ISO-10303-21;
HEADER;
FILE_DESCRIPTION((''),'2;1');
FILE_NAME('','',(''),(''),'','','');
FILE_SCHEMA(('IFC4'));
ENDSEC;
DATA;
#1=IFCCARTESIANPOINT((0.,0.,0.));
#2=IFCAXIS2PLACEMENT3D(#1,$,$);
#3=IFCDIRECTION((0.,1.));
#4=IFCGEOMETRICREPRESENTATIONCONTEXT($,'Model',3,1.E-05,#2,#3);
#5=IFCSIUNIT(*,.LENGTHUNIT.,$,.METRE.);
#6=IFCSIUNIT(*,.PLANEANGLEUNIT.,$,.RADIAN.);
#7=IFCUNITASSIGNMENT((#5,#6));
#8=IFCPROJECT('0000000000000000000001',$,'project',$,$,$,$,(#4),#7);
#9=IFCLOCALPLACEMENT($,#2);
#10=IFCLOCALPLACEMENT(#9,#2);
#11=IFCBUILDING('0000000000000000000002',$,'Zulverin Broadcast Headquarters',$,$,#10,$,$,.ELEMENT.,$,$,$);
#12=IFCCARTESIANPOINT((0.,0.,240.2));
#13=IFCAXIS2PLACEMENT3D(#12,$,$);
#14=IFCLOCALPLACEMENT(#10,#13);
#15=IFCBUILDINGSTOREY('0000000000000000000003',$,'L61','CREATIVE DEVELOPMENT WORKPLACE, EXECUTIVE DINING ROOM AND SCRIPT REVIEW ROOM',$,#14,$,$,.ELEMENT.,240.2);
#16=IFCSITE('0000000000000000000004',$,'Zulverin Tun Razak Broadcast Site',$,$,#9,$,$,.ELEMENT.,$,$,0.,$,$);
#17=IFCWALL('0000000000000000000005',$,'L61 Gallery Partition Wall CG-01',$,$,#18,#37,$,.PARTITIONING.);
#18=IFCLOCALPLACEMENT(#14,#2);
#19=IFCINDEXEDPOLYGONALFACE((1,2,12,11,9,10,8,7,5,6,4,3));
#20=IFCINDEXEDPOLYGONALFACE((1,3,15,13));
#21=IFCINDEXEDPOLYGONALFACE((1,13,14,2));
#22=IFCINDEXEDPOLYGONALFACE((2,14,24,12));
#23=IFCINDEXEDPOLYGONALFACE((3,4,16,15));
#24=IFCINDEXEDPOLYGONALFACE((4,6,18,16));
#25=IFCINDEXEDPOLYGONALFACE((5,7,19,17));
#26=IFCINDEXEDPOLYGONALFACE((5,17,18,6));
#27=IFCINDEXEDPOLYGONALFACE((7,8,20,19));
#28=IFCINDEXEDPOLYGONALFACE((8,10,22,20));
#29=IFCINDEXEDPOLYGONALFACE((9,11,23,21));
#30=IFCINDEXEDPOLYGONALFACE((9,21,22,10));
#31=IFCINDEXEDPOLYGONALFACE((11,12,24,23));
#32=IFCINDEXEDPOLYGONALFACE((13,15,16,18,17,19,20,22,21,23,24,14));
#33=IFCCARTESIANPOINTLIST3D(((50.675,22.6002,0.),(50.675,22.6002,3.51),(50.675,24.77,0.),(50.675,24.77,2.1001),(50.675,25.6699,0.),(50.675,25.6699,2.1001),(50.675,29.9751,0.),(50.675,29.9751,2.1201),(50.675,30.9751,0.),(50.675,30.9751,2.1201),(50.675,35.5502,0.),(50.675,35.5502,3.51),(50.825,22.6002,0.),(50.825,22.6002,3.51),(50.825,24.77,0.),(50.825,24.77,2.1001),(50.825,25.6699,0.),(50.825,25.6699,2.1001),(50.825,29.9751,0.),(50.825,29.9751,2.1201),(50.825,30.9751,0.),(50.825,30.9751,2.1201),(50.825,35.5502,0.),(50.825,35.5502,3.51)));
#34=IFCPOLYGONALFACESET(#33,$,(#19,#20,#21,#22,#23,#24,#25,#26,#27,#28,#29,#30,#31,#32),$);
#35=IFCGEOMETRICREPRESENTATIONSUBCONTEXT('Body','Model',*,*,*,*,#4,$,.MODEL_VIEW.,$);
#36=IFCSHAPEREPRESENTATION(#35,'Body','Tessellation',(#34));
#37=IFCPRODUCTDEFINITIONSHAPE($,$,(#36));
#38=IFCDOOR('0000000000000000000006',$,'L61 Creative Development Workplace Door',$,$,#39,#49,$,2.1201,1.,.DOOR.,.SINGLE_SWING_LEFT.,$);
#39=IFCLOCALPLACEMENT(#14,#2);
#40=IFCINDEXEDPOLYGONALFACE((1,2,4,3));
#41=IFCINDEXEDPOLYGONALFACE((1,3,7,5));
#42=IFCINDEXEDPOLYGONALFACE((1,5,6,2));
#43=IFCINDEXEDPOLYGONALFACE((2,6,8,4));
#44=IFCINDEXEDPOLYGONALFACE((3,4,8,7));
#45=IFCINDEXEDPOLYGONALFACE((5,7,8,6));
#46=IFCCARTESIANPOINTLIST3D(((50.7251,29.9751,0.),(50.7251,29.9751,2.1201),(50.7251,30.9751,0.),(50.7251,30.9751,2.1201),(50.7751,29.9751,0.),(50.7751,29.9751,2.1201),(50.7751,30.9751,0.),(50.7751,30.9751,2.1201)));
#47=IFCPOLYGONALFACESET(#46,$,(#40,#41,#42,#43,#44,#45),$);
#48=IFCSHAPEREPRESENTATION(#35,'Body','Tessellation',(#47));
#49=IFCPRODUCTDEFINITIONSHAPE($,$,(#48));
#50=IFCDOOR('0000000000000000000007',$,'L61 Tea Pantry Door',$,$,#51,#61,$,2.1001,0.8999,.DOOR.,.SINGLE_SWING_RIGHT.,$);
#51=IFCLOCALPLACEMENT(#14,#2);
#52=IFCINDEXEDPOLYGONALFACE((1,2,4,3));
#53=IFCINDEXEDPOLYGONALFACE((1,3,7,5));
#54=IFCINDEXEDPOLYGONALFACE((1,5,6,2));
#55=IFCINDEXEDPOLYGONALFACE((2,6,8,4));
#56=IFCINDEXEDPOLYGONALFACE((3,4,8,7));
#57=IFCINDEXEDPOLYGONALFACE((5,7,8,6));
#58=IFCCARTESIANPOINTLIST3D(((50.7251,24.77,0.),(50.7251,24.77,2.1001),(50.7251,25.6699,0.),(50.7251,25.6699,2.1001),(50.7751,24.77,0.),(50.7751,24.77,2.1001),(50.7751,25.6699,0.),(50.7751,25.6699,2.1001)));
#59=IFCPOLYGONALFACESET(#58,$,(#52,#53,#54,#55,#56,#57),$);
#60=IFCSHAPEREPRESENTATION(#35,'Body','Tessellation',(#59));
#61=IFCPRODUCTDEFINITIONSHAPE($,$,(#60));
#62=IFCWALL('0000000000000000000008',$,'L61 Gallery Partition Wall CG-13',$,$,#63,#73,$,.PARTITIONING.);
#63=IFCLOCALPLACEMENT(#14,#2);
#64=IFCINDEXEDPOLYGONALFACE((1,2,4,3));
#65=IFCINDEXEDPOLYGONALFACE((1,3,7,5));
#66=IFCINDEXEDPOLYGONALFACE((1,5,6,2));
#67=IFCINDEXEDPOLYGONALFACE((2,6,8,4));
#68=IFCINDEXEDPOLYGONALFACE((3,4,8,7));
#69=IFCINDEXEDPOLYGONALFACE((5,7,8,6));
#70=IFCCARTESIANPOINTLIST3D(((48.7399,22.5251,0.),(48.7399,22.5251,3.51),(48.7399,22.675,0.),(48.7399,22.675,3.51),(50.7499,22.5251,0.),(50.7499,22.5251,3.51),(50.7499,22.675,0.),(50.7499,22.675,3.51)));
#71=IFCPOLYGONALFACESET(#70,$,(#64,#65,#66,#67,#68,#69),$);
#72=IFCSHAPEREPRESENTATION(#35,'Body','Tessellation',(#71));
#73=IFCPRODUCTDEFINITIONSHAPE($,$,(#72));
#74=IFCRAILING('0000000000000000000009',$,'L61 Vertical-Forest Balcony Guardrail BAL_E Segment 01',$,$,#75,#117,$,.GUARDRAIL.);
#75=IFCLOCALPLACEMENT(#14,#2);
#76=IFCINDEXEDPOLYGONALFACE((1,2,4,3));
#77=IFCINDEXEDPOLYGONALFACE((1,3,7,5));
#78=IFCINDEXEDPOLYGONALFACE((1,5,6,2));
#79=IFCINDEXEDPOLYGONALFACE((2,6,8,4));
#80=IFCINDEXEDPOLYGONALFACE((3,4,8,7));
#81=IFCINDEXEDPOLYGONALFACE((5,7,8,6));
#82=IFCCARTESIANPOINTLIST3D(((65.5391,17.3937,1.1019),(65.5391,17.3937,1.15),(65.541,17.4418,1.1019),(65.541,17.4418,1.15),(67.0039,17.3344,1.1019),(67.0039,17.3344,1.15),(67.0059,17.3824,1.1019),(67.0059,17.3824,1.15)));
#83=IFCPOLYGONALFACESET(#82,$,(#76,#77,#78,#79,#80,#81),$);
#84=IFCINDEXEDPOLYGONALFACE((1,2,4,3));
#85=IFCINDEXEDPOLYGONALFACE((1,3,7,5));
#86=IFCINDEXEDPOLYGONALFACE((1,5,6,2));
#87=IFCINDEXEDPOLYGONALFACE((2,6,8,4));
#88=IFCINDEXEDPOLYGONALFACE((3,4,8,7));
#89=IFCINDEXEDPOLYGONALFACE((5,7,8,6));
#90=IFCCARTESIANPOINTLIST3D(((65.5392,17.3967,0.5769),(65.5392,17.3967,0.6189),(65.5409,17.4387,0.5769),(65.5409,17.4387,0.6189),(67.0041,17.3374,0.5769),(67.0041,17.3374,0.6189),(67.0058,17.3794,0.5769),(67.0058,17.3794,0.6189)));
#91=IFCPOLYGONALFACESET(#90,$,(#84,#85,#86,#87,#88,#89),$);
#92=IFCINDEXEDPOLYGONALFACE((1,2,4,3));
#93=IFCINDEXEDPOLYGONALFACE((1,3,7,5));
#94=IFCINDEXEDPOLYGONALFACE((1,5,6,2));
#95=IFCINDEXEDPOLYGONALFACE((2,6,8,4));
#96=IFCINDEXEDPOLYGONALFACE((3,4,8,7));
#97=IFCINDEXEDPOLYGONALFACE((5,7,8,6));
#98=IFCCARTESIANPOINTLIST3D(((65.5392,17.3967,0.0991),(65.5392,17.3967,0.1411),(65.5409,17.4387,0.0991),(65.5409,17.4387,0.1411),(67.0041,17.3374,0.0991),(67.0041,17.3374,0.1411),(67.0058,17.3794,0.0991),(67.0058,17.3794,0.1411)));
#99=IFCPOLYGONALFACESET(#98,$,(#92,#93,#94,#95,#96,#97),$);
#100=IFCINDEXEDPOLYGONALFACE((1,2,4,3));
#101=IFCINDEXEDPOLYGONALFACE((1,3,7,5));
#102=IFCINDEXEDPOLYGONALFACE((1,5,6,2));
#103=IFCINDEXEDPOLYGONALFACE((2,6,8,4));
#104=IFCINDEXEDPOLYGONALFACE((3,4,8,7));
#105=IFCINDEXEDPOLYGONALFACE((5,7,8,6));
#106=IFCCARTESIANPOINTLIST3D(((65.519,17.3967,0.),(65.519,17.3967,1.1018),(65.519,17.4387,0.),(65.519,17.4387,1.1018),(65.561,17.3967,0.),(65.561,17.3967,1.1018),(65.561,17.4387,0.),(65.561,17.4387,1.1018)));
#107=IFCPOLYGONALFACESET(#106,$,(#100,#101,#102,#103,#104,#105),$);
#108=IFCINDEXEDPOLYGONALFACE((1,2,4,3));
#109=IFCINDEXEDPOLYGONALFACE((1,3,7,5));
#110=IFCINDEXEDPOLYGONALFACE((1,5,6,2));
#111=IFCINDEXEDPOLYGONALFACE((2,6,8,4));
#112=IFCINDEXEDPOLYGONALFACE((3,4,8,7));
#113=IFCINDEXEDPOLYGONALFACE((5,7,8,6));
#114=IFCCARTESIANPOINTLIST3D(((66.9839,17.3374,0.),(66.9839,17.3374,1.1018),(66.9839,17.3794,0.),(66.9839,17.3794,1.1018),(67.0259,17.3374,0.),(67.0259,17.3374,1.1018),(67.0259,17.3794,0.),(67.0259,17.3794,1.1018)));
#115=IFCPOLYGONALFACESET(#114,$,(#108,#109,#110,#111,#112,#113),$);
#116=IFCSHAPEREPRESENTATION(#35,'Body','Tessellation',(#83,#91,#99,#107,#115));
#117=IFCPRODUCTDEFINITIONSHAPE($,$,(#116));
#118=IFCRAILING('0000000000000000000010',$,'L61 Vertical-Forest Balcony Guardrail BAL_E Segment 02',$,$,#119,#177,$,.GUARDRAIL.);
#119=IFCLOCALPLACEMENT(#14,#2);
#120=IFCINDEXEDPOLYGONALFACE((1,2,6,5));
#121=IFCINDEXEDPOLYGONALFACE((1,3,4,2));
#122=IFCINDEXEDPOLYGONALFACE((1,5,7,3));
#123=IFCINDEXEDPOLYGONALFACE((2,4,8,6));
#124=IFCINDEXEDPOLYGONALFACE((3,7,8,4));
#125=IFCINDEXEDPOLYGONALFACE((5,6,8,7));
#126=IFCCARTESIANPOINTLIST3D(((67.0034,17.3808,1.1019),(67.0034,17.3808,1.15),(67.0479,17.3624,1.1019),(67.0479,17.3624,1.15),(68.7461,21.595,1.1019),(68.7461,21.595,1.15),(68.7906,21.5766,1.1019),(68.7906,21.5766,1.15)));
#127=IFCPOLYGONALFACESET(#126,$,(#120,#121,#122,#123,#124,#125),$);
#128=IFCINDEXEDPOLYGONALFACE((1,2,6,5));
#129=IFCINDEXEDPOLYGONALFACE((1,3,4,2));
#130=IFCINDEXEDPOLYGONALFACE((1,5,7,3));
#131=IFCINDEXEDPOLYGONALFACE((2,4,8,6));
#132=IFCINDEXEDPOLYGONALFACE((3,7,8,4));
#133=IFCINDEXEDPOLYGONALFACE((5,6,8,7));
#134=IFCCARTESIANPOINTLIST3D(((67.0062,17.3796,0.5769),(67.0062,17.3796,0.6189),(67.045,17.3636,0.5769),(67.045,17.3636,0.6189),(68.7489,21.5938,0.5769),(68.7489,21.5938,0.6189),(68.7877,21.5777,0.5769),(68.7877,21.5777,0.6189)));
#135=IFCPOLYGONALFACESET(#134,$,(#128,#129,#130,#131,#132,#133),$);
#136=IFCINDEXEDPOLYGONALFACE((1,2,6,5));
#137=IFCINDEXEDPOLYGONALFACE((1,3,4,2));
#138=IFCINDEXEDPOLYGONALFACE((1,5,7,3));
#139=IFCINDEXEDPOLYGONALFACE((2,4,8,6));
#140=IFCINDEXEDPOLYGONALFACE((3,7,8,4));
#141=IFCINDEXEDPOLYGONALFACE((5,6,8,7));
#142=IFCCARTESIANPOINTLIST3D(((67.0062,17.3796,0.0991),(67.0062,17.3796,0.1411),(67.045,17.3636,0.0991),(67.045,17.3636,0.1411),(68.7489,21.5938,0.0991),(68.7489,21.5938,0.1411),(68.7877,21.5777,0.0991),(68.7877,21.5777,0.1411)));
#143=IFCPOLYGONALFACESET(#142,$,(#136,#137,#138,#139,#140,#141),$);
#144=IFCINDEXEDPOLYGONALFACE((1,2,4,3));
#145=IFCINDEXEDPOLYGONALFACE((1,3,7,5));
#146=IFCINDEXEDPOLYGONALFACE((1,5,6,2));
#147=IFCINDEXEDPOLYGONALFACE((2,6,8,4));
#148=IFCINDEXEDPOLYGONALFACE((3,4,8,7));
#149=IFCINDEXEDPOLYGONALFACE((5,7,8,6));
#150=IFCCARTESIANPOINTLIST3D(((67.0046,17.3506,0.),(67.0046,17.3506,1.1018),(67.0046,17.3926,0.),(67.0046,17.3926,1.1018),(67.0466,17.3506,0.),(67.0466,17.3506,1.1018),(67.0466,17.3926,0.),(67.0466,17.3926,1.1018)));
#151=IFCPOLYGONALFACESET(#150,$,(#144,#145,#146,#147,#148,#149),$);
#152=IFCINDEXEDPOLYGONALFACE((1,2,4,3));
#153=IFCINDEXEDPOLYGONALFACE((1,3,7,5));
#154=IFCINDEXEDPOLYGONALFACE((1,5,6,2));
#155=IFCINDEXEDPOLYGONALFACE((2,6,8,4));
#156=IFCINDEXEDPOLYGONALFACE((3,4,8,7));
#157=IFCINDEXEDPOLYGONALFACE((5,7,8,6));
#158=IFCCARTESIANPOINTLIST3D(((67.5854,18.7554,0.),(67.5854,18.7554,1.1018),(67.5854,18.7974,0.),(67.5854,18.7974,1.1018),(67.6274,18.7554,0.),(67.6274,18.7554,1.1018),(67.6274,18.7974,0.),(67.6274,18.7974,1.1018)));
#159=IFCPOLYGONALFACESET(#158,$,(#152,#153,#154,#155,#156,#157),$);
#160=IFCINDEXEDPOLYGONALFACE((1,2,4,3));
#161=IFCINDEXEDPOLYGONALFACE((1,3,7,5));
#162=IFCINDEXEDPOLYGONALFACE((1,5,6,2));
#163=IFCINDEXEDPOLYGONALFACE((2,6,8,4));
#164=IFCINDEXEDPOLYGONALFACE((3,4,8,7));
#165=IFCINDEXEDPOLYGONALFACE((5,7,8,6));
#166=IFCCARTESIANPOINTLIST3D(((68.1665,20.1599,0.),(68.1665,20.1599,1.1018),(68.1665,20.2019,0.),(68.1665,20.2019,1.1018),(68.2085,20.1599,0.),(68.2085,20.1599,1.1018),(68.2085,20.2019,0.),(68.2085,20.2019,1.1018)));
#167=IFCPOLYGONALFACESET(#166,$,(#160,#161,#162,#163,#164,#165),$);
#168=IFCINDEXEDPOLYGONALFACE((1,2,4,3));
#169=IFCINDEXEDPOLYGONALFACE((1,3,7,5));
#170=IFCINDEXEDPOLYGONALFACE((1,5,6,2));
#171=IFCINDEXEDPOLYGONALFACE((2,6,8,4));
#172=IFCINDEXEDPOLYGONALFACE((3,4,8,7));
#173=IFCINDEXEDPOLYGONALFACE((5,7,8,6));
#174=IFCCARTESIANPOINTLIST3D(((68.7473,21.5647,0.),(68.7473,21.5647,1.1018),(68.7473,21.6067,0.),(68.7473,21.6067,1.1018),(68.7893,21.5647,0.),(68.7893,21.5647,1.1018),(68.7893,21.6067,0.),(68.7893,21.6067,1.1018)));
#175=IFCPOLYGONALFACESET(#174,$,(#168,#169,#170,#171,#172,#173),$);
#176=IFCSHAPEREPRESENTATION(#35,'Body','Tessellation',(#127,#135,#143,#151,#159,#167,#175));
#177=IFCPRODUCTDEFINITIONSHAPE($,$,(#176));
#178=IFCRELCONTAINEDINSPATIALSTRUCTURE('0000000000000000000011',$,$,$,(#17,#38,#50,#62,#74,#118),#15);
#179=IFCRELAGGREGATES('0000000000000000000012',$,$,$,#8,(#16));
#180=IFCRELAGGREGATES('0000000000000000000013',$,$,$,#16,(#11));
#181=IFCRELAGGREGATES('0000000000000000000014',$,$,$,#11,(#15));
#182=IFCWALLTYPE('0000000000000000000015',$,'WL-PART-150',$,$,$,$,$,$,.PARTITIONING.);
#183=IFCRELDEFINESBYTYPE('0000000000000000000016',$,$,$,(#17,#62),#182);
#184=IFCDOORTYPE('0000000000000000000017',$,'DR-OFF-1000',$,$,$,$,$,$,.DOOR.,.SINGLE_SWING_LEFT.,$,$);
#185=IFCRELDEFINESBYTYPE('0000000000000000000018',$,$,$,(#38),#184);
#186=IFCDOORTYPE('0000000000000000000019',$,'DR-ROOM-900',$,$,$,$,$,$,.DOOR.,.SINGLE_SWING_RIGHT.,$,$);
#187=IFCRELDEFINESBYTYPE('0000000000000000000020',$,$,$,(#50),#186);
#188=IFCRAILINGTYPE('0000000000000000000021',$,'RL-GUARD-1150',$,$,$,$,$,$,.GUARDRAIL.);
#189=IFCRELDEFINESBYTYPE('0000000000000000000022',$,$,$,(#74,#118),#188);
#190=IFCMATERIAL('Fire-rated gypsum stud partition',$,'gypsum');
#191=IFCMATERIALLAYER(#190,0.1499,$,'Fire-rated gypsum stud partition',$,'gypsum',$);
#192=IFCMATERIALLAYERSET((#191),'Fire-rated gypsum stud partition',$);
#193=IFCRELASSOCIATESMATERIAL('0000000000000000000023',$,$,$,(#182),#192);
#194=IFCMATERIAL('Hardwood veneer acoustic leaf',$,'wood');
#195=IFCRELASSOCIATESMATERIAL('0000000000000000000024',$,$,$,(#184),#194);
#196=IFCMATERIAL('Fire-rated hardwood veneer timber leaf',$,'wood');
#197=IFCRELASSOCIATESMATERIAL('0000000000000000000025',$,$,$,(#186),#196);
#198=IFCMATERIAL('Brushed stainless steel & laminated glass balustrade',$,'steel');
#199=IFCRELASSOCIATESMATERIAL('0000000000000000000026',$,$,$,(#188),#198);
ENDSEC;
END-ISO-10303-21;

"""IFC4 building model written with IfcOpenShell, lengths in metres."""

from ifc_helpers import new_model, si_unit, direction, frame, frame_2d, origin, origin_2d, place, context, subcontext, project, spatial, rectangle, extrude, material, layer, layer_set, type_object, element, fill, save


model = new_model("IFC4")

# Units and contexts
model_context = context("Model", 3, precision=1e-05, world=origin(), true_north=direction((0.0, 1.0)))
body_context = subcontext(model_context, "Body", "Model", "MODEL_VIEW")
ifc_project = project(units=[si_unit("LENGTHUNIT", "METRE"), si_unit("PLANEANGLEUNIT", "RADIAN")], contexts=[model_context])

# Site, building, storey
site_placement = place(None, origin())
site = spatial("IfcSite", under=ifc_project, at=site_placement, Name="Zulverin Tun Razak Broadcast Site", CompositionType="ELEMENT", RefElevation=0.0)
building_placement = place(site_placement, origin())
building = spatial("IfcBuilding", under=site, at=building_placement, Name="Zulverin Broadcast Headquarters", CompositionType="ELEMENT")
storey_placement = place(building_placement, frame((0.0, 0.0, 240.2)))
storey = spatial("IfcBuildingStorey", under=building, at=storey_placement, Name="L61", Description="CREATIVE DEVELOPMENT WORKPLACE, EXECUTIVE DINING ROOM AND SCRIPT REVIEW ROOM", CompositionType="ELEMENT", Elevation=240.2)

# Wall, openings, doors
ifc_material_1 = material(Name="Fire-rated gypsum stud partition", Category="gypsum")
ifc_layer_1 = layer(ifc_material_1, 0.1499, Name="Fire-rated gypsum stud partition", Category="gypsum")
ifc_layer_set_1 = layer_set([ifc_layer_1], Name="Fire-rated gypsum stud partition")
wall_type_1 = type_object("IfcWallType", Name="WL-PART-150", PredefinedType="PARTITIONING", material=ifc_layer_set_1)
wall_1_placement = place(storey_placement, frame((50.75, 22.6001, 0.0), z_axis=(0.0, 0.0, 1.0), x_axis=(0.0, 1.0, 0.0)))
wall_1 = element("IfcWall", 1, at=wall_1_placement, inside=storey, type_object=wall_type_1, Name="L61 Gallery Partition Wall CG-01", PredefinedType="PARTITIONING", context=body_context, shape_type="SweptSolid", body=[
    extrude(rectangle(XDim=12.95, YDim=0.1499, at=frame_2d((6.4751, 0.0))), origin(), (0.0, 0.0, 1.0), 3.51),
])
opening_1_placement = place(wall_1_placement, frame((2.1699, 0.0, 0.0)))
opening_1 = element("IfcOpeningElement", 2, at=opening_1_placement, cuts=wall_1, PredefinedType="OPENING", context=body_context, shape_type="SweptSolid", body=[
    extrude(rectangle(XDim=0.8999, YDim=2.1001, at=frame_2d((0.45, 1.05))), frame((0.0, 0.085, 0.0), z_axis=(0.0, -1.0, 0.0), x_axis=(1.0, 0.0, 0.0)), (0.0, 0.0, 1.0), 0.1699),
])
opening_2_placement = place(wall_1_placement, frame((7.375, 0.0, 0.0)))
opening_2 = element("IfcOpeningElement", 3, at=opening_2_placement, cuts=wall_1, PredefinedType="OPENING", context=body_context, shape_type="SweptSolid", body=[
    extrude(rectangle(XDim=1.0, YDim=2.1201, at=frame_2d((0.5, 1.0601))), frame((0.0, 0.085, 0.0), z_axis=(0.0, -1.0, 0.0), x_axis=(1.0, 0.0, 0.0)), (0.0, 0.0, 1.0), 0.1699),
])
ifc_material_2 = material(Name="Hardwood veneer acoustic leaf", Category="wood")
door_type_1 = type_object("IfcDoorType", Name="DR-OFF-1000", OperationType="SINGLE_SWING_LEFT", PredefinedType="DOOR", material=ifc_material_2)
door_1_placement = place(opening_2_placement, origin())
door_1 = element("IfcDoor", 4, at=door_1_placement, inside=storey, type_object=door_type_1, Name="L61 Creative Development Workplace Door", OperationType="SINGLE_SWING_LEFT", OverallHeight=2.1201, OverallWidth=1.0, PredefinedType="DOOR", context=body_context, shape_type="SweptSolid", body=[
    extrude(rectangle(XDim=1.0, YDim=2.1201, at=frame_2d((0.5, 1.0601))), frame((0.0, 0.0249, 0.0), z_axis=(0.0, -1.0, 0.0), x_axis=(1.0, 0.0, 0.0)), (0.0, 0.0, 1.0), 0.05),
])
fill(opening_2, door_1)
ifc_material_3 = material(Name="Fire-rated hardwood veneer timber leaf", Category="wood")
door_type_2 = type_object("IfcDoorType", Name="DR-ROOM-900", OperationType="SINGLE_SWING_RIGHT", PredefinedType="DOOR", material=ifc_material_3)
door_2_placement = place(opening_1_placement, origin())
door_2 = element("IfcDoor", 5, at=door_2_placement, inside=storey, type_object=door_type_2, Name="L61 Tea Pantry Door", OperationType="SINGLE_SWING_RIGHT", OverallHeight=2.1001, OverallWidth=0.8999, PredefinedType="DOOR", context=body_context, shape_type="SweptSolid", body=[
    extrude(rectangle(XDim=0.8999, YDim=2.1001, at=frame_2d((0.45, 1.05))), frame((0.0, 0.0249, 0.0), z_axis=(0.0, -1.0, 0.0), x_axis=(1.0, 0.0, 0.0)), (0.0, 0.0, 1.0), 0.05),
])
fill(opening_1, door_2)

# Wall
wall_2_placement = place(storey_placement, frame((48.74, 22.6001, 0.0), z_axis=(0.0, 0.0, 1.0), x_axis=(1.0, 0.0, 0.0)))
element("IfcWall", 6, at=wall_2_placement, inside=storey, type_object=wall_type_1, Name="L61 Gallery Partition Wall CG-13", PredefinedType="PARTITIONING", context=body_context, shape_type="SweptSolid", body=[
    extrude(rectangle(XDim=2.01, YDim=0.1499, at=frame_2d((1.0049, 0.0))), origin(), (0.0, 0.0, 1.0), 3.51),
])

# Railings
ifc_material_4 = material(Name="Brushed stainless steel & laminated glass balustrade", Category="steel")
railing_type = type_object("IfcRailingType", Name="RL-GUARD-1150", PredefinedType="GUARDRAIL", material=ifc_material_4)
railing_1_placement = place(storey_placement, frame((65.54, 17.4177, 0.0)))
element("IfcRailing", 7, at=railing_1_placement, inside=storey, type_object=railing_type, Name="L61 Vertical-Forest Balcony Guardrail BAL_E Segment 01", PredefinedType="GUARDRAIL", context=body_context, shape_type="SweptSolid", body=[
    extrude(rectangle(XDim=0.0481, YDim=0.0481, at=origin_2d()), frame((0.0, 0.0, 1.126), z_axis=(0.999181, -0.040467, 0.0), x_axis=(0.040467, 0.999181, 0.0)), (0.0, 0.0, 1.0), 1.4661),
    extrude(rectangle(XDim=0.042, YDim=0.042, at=origin_2d()), frame((0.0, 0.0, 0.5979), z_axis=(0.999181, -0.040467, 0.0), x_axis=(0.040467, 0.999181, 0.0)), (0.0, 0.0, 1.0), 1.4661),
    extrude(rectangle(XDim=0.042, YDim=0.042, at=origin_2d()), frame((0.0, 0.0, 0.1201), z_axis=(0.999181, -0.040467, 0.0), x_axis=(0.040467, 0.999181, 0.0)), (0.0, 0.0, 1.0), 1.4661),
    extrude(rectangle(XDim=0.042, YDim=0.042, at=origin_2d()), origin(), (0.0, 0.0, 1.0), 1.1018),
    extrude(rectangle(XDim=0.042, YDim=0.042, at=origin_2d()), frame((1.4648, -0.0593, 0.0)), (0.0, 0.0, 1.0), 1.1018),
])
railing_2_placement = place(storey_placement, frame((67.0256, 17.3716, 0.0)))
element("IfcRailing", 8, at=railing_2_placement, inside=storey, type_object=railing_type, Name="L61 Vertical-Forest Balcony Guardrail BAL_E Segment 02", PredefinedType="GUARDRAIL", context=body_context, shape_type="SweptSolid", body=[
    extrude(rectangle(XDim=0.0481, YDim=0.0481, at=origin_2d()), frame((0.0, 0.0, 1.126), z_axis=(0.382147, 0.924102, 0.0), x_axis=(-0.924102, 0.382147, 0.0)), (0.0, 0.0, 1.0), 4.5603),
    extrude(rectangle(XDim=0.042, YDim=0.042, at=origin_2d()), frame((0.0, 0.0, 0.5979), z_axis=(0.382147, 0.924102, 0.0), x_axis=(-0.924102, 0.382147, 0.0)), (0.0, 0.0, 1.0), 4.5603),
    extrude(rectangle(XDim=0.042, YDim=0.042, at=origin_2d()), frame((0.0, 0.0, 0.1201), z_axis=(0.382147, 0.924102, 0.0), x_axis=(-0.924102, 0.382147, 0.0)), (0.0, 0.0, 1.0), 4.5603),
    extrude(rectangle(XDim=0.042, YDim=0.042, at=origin_2d()), origin(), (0.0, 0.0, 1.0), 1.1018),
    extrude(rectangle(XDim=0.042, YDim=0.042, at=origin_2d()), frame((0.5808, 1.4048, 0.0)), (0.0, 0.0, 1.0), 1.1018),
    extrude(rectangle(XDim=0.042, YDim=0.042, at=origin_2d()), frame((1.1619, 2.8093, 0.0)), (0.0, 0.0, 1.0), 1.1018),
    extrude(rectangle(XDim=0.042, YDim=0.042, at=origin_2d()), frame((1.7427, 4.2141, 0.0)), (0.0, 0.0, 1.0), 1.1018),
])

save(model, "model.ifc")
